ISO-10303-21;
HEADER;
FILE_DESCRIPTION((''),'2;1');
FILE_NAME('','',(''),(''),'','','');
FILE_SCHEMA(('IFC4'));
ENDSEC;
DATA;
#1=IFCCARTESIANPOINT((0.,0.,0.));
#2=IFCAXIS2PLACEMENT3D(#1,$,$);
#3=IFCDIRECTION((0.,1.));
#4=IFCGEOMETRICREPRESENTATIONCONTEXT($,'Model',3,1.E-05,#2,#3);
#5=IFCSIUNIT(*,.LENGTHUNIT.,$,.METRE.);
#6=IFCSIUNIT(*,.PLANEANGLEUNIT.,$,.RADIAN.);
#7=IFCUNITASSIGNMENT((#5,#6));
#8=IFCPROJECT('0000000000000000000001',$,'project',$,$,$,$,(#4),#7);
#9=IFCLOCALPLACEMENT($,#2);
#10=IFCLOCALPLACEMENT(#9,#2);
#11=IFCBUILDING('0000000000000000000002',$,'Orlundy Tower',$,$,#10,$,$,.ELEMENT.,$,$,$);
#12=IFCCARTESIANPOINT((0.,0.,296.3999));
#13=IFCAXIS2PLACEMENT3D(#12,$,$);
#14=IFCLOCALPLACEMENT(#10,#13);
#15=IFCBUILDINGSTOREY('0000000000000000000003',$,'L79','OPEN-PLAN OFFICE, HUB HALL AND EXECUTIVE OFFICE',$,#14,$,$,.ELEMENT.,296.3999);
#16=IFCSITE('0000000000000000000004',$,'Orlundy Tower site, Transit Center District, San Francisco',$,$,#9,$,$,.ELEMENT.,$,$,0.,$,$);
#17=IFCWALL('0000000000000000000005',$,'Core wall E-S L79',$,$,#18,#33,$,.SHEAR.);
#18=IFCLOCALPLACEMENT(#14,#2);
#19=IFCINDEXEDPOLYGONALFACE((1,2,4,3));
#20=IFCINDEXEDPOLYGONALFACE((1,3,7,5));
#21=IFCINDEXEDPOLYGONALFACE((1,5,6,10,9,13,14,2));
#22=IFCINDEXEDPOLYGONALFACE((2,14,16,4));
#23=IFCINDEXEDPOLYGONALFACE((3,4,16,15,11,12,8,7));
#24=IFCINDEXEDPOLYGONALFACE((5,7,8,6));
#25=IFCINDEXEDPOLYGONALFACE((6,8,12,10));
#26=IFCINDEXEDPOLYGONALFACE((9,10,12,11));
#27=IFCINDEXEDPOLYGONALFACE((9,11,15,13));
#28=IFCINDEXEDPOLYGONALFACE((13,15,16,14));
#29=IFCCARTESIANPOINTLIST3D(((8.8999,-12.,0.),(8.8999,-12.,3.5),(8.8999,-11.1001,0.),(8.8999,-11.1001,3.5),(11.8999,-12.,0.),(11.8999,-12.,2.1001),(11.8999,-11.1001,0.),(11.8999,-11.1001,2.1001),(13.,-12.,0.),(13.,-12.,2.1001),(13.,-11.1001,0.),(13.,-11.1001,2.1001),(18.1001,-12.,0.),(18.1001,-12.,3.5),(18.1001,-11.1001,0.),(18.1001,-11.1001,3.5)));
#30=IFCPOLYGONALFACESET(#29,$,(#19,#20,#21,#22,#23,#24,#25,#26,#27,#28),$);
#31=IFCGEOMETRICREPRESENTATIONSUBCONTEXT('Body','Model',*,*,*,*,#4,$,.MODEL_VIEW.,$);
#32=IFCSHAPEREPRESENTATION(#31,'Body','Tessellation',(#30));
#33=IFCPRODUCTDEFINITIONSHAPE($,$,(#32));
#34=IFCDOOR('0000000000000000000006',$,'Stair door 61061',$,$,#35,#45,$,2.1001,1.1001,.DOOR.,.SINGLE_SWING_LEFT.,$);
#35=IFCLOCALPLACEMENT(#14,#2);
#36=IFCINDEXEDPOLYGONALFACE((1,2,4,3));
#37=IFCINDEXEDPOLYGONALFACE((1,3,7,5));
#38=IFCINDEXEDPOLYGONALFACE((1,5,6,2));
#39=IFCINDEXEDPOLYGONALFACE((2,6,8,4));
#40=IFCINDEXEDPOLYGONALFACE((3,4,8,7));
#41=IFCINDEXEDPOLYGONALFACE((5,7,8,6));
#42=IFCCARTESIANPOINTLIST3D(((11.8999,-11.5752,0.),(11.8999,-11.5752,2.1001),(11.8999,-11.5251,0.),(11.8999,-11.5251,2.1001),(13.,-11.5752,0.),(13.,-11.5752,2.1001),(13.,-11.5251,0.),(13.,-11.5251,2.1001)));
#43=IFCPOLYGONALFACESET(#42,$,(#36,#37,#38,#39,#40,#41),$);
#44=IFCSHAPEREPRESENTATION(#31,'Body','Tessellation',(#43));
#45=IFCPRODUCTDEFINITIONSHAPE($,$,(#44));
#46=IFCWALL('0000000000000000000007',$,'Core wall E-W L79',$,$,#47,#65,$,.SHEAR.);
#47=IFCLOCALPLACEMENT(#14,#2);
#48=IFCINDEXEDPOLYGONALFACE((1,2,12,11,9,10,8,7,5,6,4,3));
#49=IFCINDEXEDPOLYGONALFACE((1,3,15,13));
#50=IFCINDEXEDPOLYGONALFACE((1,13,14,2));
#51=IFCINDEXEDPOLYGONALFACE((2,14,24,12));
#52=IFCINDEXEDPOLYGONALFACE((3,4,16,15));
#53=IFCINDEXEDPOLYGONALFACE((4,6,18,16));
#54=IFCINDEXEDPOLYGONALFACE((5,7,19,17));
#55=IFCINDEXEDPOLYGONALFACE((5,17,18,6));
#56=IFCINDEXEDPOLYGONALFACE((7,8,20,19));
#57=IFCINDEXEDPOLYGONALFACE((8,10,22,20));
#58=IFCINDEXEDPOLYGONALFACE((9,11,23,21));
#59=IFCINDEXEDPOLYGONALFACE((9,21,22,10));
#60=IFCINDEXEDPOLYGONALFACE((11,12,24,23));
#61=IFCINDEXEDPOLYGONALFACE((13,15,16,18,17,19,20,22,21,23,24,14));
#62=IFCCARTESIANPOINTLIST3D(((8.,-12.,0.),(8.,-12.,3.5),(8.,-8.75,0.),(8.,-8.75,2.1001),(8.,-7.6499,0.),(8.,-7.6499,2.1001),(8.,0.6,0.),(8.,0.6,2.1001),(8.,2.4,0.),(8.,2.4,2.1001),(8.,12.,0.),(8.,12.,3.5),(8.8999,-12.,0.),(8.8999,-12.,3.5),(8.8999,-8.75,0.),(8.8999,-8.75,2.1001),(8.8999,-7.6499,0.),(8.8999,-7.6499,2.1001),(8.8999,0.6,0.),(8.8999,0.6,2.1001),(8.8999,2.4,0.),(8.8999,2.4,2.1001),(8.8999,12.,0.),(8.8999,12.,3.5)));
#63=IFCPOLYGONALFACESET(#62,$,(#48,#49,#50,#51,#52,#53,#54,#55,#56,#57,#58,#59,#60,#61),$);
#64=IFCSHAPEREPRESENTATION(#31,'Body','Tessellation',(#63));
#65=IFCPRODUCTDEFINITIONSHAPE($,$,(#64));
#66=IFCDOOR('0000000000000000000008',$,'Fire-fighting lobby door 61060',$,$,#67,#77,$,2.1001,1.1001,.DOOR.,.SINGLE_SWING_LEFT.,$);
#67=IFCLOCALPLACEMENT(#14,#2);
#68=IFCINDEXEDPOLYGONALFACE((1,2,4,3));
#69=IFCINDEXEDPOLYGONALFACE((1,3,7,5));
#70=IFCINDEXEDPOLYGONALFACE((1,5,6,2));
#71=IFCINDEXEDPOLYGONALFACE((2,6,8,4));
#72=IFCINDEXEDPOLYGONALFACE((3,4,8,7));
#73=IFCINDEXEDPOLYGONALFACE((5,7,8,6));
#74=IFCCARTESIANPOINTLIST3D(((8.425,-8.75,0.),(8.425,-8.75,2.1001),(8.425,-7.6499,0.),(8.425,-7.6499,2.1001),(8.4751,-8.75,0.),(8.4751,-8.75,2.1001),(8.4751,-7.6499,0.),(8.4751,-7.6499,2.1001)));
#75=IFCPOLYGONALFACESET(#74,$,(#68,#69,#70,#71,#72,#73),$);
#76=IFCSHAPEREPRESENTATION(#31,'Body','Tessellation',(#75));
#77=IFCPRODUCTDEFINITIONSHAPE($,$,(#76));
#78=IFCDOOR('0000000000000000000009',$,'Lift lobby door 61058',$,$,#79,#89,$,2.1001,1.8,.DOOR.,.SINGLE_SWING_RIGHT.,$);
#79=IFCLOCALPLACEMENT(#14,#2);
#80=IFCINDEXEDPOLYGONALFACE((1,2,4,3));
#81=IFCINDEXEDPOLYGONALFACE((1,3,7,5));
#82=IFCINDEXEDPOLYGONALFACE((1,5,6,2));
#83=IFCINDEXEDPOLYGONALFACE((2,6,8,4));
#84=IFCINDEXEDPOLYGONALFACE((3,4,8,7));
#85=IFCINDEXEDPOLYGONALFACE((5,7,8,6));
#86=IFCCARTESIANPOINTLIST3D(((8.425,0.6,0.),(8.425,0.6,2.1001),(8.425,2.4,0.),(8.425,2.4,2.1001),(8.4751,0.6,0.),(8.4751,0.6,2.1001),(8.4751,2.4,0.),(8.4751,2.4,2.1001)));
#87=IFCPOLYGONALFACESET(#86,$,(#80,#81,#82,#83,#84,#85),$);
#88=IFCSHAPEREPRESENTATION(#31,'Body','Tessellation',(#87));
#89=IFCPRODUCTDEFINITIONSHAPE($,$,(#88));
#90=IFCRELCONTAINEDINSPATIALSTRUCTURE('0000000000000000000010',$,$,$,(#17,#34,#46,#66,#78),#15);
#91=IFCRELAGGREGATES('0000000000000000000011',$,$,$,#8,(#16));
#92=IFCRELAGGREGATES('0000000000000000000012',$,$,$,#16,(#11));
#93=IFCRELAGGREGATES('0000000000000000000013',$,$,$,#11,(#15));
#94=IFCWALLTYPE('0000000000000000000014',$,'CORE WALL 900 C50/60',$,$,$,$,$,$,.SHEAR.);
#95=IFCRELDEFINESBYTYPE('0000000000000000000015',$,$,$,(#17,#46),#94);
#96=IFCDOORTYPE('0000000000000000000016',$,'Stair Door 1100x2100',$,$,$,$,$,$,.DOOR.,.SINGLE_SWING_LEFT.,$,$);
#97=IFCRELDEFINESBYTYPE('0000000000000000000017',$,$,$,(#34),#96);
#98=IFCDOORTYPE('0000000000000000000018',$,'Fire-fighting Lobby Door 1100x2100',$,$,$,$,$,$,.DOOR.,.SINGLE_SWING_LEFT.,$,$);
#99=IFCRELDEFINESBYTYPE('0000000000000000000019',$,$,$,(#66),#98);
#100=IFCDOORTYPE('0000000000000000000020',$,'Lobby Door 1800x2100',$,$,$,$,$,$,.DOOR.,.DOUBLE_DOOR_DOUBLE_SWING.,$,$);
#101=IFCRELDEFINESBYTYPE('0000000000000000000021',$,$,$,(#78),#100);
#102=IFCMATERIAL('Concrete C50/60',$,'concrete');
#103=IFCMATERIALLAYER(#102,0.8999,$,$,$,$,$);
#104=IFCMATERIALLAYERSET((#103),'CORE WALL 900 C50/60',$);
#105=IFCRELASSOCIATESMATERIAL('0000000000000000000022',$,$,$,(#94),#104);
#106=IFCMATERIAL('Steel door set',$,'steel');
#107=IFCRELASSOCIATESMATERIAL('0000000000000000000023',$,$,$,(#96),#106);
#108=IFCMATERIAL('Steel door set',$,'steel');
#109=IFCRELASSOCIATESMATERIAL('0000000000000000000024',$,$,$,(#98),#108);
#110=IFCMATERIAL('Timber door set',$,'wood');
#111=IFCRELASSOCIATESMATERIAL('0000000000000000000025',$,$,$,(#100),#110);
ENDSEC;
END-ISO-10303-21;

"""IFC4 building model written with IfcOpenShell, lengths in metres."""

from ifc_helpers import new_model, si_unit, direction, frame, frame_2d, origin, place, context, subcontext, project, spatial, rectangle, extrude, material, layer, layer_set, type_object, element, fill, save


model = new_model("IFC4")

# Units and contexts
model_context = context("Model", 3, precision=1e-05, world=origin(), true_north=direction((0.0, 1.0)))
body_context = subcontext(model_context, "Body", "Model", "MODEL_VIEW")
ifc_project = project(units=[si_unit("LENGTHUNIT", "METRE"), si_unit("PLANEANGLEUNIT", "RADIAN")], contexts=[model_context])

# Site, building, storey
site_placement = place(None, origin())
site = spatial("IfcSite", under=ifc_project, at=site_placement, Name="Orlundy Tower site, Transit Center District, San Francisco", CompositionType="ELEMENT", RefElevation=0.0)
building_placement = place(site_placement, origin())
building = spatial("IfcBuilding", under=site, at=building_placement, Name="Orlundy Tower", CompositionType="ELEMENT")
storey_placement = place(building_placement, frame((0.0, 0.0, 296.3999)))
storey = spatial("IfcBuildingStorey", under=building, at=storey_placement, Name="L79", Description="OPEN-PLAN OFFICE, HUB HALL AND EXECUTIVE OFFICE", CompositionType="ELEMENT", Elevation=296.3999)

# Wall, opening, door
ifc_material_1 = material(Name="Concrete C50/60", Category="concrete")
ifc_layer_1 = layer(ifc_material_1, 0.8999)
ifc_layer_set_1 = layer_set([ifc_layer_1], Name="CORE WALL 900 C50/60")
wall_type_1 = type_object("IfcWallType", Name="CORE WALL 900 C50/60", PredefinedType="SHEAR", material=ifc_layer_set_1)
wall_1_placement = place(storey_placement, frame((8.8999, -11.55, 0.0), z_axis=(0.0, 0.0, 1.0), x_axis=(1.0, 0.0, 0.0)))
wall_1 = element("IfcWall", 1, at=wall_1_placement, inside=storey, type_object=wall_type_1, Name="Core wall E-S L79", PredefinedType="SHEAR", context=body_context, shape_type="SweptSolid", body=[
    extrude(rectangle(XDim=9.2002, YDim=0.8999, at=frame_2d((4.6001, 0.0))), origin(), (0.0, 0.0, 1.0), 3.5),
])
opening_1_placement = place(wall_1_placement, frame((3.0, 0.0, 0.0)))
opening_1 = element("IfcOpeningElement", 2, at=opening_1_placement, cuts=wall_1, PredefinedType="OPENING", context=body_context, shape_type="SweptSolid", body=[
    extrude(rectangle(XDim=1.1001, YDim=2.1001, at=frame_2d((0.55, 1.05))), frame((0.0, 0.46, 0.0), z_axis=(0.0, -1.0, 0.0), x_axis=(1.0, 0.0, 0.0)), (0.0, 0.0, 1.0), 0.9199),
])
ifc_material_2 = material(Name="Steel door set", Category="steel")
door_type_1 = type_object("IfcDoorType", Name="Stair Door 1100x2100", OperationType="SINGLE_SWING_LEFT", PredefinedType="DOOR", material=ifc_material_2)
door_1_placement = place(opening_1_placement, origin())
door_1 = element("IfcDoor", 3, at=door_1_placement, inside=storey, type_object=door_type_1, Name="Stair door 61061", OperationType="SINGLE_SWING_LEFT", OverallHeight=2.1001, OverallWidth=1.1001, PredefinedType="DOOR", context=body_context, shape_type="SweptSolid", body=[
    extrude(rectangle(XDim=1.1001, YDim=2.1001, at=frame_2d((0.55, 1.05))), frame((0.0, 0.0249, 0.0), z_axis=(0.0, -1.0, 0.0), x_axis=(1.0, 0.0, 0.0)), (0.0, 0.0, 1.0), 0.05),
])
fill(opening_1, door_1)

# Wall, openings, doors
wall_2_placement = place(storey_placement, frame((8.45, -12.0, 0.0), z_axis=(0.0, 0.0, 1.0), x_axis=(0.0, 1.0, 0.0)))
wall_2 = element("IfcWall", 4, at=wall_2_placement, inside=storey, type_object=wall_type_1, Name="Core wall E-W L79", PredefinedType="SHEAR", context=body_context, shape_type="SweptSolid", body=[
    extrude(rectangle(XDim=24.0, YDim=0.8999, at=frame_2d((12.0, 0.0))), origin(), (0.0, 0.0, 1.0), 3.5),
])
opening_2_placement = place(wall_2_placement, frame((12.6001, 0.0, 0.0)))
opening_2 = element("IfcOpeningElement", 5, at=opening_2_placement, cuts=wall_2, PredefinedType="OPENING", context=body_context, shape_type="SweptSolid", body=[
    extrude(rectangle(XDim=1.8, YDim=2.1001, at=frame_2d((0.8999, 1.05))), frame((0.0, 0.46, 0.0), z_axis=(0.0, -1.0, 0.0), x_axis=(1.0, 0.0, 0.0)), (0.0, 0.0, 1.0), 0.9199),
])
opening_3_placement = place(wall_2_placement, frame((3.25, 0.0, 0.0)))
opening_3 = element("IfcOpeningElement", 6, at=opening_3_placement, cuts=wall_2, PredefinedType="OPENING", context=body_context, shape_type="SweptSolid", body=[
    extrude(rectangle(XDim=1.1001, YDim=2.1001, at=frame_2d((0.55, 1.05))), frame((0.0, 0.46, 0.0), z_axis=(0.0, -1.0, 0.0), x_axis=(1.0, 0.0, 0.0)), (0.0, 0.0, 1.0), 0.9199),
])
ifc_material_3 = material(Name="Steel door set", Category="steel")
door_type_2 = type_object("IfcDoorType", Name="Fire-fighting Lobby Door 1100x2100", OperationType="SINGLE_SWING_LEFT", PredefinedType="DOOR", material=ifc_material_3)
door_2_placement = place(opening_3_placement, origin())
door_2 = element("IfcDoor", 7, at=door_2_placement, inside=storey, type_object=door_type_2, Name="Fire-fighting lobby door 61060", OperationType="SINGLE_SWING_LEFT", OverallHeight=2.1001, OverallWidth=1.1001, PredefinedType="DOOR", context=body_context, shape_type="SweptSolid", body=[
    extrude(rectangle(XDim=1.1001, YDim=2.1001, at=frame_2d((0.55, 1.05))), frame((0.0, 0.0249, 0.0), z_axis=(0.0, -1.0, 0.0), x_axis=(1.0, 0.0, 0.0)), (0.0, 0.0, 1.0), 0.05),
])
fill(opening_3, door_2)
ifc_material_4 = material(Name="Timber door set", Category="wood")
door_type_3 = type_object("IfcDoorType", Name="Lobby Door 1800x2100", OperationType="DOUBLE_DOOR_DOUBLE_SWING", PredefinedType="DOOR", material=ifc_material_4)
door_3_placement = place(opening_2_placement, origin())
door_3 = element("IfcDoor", 8, at=door_3_placement, inside=storey, type_object=door_type_3, Name="Lift lobby door 61058", OperationType="SINGLE_SWING_RIGHT", OverallHeight=2.1001, OverallWidth=1.8, PredefinedType="DOOR", context=body_context, shape_type="SweptSolid", body=[
    extrude(rectangle(XDim=1.8, YDim=2.1001, at=frame_2d((0.8999, 1.05))), frame((0.0, 0.0249, 0.0), z_axis=(0.0, -1.0, 0.0), x_axis=(1.0, 0.0, 0.0)), (0.0, 0.0, 1.0), 0.05),
])
fill(opening_2, door_3)

save(model, "model.ifc")
